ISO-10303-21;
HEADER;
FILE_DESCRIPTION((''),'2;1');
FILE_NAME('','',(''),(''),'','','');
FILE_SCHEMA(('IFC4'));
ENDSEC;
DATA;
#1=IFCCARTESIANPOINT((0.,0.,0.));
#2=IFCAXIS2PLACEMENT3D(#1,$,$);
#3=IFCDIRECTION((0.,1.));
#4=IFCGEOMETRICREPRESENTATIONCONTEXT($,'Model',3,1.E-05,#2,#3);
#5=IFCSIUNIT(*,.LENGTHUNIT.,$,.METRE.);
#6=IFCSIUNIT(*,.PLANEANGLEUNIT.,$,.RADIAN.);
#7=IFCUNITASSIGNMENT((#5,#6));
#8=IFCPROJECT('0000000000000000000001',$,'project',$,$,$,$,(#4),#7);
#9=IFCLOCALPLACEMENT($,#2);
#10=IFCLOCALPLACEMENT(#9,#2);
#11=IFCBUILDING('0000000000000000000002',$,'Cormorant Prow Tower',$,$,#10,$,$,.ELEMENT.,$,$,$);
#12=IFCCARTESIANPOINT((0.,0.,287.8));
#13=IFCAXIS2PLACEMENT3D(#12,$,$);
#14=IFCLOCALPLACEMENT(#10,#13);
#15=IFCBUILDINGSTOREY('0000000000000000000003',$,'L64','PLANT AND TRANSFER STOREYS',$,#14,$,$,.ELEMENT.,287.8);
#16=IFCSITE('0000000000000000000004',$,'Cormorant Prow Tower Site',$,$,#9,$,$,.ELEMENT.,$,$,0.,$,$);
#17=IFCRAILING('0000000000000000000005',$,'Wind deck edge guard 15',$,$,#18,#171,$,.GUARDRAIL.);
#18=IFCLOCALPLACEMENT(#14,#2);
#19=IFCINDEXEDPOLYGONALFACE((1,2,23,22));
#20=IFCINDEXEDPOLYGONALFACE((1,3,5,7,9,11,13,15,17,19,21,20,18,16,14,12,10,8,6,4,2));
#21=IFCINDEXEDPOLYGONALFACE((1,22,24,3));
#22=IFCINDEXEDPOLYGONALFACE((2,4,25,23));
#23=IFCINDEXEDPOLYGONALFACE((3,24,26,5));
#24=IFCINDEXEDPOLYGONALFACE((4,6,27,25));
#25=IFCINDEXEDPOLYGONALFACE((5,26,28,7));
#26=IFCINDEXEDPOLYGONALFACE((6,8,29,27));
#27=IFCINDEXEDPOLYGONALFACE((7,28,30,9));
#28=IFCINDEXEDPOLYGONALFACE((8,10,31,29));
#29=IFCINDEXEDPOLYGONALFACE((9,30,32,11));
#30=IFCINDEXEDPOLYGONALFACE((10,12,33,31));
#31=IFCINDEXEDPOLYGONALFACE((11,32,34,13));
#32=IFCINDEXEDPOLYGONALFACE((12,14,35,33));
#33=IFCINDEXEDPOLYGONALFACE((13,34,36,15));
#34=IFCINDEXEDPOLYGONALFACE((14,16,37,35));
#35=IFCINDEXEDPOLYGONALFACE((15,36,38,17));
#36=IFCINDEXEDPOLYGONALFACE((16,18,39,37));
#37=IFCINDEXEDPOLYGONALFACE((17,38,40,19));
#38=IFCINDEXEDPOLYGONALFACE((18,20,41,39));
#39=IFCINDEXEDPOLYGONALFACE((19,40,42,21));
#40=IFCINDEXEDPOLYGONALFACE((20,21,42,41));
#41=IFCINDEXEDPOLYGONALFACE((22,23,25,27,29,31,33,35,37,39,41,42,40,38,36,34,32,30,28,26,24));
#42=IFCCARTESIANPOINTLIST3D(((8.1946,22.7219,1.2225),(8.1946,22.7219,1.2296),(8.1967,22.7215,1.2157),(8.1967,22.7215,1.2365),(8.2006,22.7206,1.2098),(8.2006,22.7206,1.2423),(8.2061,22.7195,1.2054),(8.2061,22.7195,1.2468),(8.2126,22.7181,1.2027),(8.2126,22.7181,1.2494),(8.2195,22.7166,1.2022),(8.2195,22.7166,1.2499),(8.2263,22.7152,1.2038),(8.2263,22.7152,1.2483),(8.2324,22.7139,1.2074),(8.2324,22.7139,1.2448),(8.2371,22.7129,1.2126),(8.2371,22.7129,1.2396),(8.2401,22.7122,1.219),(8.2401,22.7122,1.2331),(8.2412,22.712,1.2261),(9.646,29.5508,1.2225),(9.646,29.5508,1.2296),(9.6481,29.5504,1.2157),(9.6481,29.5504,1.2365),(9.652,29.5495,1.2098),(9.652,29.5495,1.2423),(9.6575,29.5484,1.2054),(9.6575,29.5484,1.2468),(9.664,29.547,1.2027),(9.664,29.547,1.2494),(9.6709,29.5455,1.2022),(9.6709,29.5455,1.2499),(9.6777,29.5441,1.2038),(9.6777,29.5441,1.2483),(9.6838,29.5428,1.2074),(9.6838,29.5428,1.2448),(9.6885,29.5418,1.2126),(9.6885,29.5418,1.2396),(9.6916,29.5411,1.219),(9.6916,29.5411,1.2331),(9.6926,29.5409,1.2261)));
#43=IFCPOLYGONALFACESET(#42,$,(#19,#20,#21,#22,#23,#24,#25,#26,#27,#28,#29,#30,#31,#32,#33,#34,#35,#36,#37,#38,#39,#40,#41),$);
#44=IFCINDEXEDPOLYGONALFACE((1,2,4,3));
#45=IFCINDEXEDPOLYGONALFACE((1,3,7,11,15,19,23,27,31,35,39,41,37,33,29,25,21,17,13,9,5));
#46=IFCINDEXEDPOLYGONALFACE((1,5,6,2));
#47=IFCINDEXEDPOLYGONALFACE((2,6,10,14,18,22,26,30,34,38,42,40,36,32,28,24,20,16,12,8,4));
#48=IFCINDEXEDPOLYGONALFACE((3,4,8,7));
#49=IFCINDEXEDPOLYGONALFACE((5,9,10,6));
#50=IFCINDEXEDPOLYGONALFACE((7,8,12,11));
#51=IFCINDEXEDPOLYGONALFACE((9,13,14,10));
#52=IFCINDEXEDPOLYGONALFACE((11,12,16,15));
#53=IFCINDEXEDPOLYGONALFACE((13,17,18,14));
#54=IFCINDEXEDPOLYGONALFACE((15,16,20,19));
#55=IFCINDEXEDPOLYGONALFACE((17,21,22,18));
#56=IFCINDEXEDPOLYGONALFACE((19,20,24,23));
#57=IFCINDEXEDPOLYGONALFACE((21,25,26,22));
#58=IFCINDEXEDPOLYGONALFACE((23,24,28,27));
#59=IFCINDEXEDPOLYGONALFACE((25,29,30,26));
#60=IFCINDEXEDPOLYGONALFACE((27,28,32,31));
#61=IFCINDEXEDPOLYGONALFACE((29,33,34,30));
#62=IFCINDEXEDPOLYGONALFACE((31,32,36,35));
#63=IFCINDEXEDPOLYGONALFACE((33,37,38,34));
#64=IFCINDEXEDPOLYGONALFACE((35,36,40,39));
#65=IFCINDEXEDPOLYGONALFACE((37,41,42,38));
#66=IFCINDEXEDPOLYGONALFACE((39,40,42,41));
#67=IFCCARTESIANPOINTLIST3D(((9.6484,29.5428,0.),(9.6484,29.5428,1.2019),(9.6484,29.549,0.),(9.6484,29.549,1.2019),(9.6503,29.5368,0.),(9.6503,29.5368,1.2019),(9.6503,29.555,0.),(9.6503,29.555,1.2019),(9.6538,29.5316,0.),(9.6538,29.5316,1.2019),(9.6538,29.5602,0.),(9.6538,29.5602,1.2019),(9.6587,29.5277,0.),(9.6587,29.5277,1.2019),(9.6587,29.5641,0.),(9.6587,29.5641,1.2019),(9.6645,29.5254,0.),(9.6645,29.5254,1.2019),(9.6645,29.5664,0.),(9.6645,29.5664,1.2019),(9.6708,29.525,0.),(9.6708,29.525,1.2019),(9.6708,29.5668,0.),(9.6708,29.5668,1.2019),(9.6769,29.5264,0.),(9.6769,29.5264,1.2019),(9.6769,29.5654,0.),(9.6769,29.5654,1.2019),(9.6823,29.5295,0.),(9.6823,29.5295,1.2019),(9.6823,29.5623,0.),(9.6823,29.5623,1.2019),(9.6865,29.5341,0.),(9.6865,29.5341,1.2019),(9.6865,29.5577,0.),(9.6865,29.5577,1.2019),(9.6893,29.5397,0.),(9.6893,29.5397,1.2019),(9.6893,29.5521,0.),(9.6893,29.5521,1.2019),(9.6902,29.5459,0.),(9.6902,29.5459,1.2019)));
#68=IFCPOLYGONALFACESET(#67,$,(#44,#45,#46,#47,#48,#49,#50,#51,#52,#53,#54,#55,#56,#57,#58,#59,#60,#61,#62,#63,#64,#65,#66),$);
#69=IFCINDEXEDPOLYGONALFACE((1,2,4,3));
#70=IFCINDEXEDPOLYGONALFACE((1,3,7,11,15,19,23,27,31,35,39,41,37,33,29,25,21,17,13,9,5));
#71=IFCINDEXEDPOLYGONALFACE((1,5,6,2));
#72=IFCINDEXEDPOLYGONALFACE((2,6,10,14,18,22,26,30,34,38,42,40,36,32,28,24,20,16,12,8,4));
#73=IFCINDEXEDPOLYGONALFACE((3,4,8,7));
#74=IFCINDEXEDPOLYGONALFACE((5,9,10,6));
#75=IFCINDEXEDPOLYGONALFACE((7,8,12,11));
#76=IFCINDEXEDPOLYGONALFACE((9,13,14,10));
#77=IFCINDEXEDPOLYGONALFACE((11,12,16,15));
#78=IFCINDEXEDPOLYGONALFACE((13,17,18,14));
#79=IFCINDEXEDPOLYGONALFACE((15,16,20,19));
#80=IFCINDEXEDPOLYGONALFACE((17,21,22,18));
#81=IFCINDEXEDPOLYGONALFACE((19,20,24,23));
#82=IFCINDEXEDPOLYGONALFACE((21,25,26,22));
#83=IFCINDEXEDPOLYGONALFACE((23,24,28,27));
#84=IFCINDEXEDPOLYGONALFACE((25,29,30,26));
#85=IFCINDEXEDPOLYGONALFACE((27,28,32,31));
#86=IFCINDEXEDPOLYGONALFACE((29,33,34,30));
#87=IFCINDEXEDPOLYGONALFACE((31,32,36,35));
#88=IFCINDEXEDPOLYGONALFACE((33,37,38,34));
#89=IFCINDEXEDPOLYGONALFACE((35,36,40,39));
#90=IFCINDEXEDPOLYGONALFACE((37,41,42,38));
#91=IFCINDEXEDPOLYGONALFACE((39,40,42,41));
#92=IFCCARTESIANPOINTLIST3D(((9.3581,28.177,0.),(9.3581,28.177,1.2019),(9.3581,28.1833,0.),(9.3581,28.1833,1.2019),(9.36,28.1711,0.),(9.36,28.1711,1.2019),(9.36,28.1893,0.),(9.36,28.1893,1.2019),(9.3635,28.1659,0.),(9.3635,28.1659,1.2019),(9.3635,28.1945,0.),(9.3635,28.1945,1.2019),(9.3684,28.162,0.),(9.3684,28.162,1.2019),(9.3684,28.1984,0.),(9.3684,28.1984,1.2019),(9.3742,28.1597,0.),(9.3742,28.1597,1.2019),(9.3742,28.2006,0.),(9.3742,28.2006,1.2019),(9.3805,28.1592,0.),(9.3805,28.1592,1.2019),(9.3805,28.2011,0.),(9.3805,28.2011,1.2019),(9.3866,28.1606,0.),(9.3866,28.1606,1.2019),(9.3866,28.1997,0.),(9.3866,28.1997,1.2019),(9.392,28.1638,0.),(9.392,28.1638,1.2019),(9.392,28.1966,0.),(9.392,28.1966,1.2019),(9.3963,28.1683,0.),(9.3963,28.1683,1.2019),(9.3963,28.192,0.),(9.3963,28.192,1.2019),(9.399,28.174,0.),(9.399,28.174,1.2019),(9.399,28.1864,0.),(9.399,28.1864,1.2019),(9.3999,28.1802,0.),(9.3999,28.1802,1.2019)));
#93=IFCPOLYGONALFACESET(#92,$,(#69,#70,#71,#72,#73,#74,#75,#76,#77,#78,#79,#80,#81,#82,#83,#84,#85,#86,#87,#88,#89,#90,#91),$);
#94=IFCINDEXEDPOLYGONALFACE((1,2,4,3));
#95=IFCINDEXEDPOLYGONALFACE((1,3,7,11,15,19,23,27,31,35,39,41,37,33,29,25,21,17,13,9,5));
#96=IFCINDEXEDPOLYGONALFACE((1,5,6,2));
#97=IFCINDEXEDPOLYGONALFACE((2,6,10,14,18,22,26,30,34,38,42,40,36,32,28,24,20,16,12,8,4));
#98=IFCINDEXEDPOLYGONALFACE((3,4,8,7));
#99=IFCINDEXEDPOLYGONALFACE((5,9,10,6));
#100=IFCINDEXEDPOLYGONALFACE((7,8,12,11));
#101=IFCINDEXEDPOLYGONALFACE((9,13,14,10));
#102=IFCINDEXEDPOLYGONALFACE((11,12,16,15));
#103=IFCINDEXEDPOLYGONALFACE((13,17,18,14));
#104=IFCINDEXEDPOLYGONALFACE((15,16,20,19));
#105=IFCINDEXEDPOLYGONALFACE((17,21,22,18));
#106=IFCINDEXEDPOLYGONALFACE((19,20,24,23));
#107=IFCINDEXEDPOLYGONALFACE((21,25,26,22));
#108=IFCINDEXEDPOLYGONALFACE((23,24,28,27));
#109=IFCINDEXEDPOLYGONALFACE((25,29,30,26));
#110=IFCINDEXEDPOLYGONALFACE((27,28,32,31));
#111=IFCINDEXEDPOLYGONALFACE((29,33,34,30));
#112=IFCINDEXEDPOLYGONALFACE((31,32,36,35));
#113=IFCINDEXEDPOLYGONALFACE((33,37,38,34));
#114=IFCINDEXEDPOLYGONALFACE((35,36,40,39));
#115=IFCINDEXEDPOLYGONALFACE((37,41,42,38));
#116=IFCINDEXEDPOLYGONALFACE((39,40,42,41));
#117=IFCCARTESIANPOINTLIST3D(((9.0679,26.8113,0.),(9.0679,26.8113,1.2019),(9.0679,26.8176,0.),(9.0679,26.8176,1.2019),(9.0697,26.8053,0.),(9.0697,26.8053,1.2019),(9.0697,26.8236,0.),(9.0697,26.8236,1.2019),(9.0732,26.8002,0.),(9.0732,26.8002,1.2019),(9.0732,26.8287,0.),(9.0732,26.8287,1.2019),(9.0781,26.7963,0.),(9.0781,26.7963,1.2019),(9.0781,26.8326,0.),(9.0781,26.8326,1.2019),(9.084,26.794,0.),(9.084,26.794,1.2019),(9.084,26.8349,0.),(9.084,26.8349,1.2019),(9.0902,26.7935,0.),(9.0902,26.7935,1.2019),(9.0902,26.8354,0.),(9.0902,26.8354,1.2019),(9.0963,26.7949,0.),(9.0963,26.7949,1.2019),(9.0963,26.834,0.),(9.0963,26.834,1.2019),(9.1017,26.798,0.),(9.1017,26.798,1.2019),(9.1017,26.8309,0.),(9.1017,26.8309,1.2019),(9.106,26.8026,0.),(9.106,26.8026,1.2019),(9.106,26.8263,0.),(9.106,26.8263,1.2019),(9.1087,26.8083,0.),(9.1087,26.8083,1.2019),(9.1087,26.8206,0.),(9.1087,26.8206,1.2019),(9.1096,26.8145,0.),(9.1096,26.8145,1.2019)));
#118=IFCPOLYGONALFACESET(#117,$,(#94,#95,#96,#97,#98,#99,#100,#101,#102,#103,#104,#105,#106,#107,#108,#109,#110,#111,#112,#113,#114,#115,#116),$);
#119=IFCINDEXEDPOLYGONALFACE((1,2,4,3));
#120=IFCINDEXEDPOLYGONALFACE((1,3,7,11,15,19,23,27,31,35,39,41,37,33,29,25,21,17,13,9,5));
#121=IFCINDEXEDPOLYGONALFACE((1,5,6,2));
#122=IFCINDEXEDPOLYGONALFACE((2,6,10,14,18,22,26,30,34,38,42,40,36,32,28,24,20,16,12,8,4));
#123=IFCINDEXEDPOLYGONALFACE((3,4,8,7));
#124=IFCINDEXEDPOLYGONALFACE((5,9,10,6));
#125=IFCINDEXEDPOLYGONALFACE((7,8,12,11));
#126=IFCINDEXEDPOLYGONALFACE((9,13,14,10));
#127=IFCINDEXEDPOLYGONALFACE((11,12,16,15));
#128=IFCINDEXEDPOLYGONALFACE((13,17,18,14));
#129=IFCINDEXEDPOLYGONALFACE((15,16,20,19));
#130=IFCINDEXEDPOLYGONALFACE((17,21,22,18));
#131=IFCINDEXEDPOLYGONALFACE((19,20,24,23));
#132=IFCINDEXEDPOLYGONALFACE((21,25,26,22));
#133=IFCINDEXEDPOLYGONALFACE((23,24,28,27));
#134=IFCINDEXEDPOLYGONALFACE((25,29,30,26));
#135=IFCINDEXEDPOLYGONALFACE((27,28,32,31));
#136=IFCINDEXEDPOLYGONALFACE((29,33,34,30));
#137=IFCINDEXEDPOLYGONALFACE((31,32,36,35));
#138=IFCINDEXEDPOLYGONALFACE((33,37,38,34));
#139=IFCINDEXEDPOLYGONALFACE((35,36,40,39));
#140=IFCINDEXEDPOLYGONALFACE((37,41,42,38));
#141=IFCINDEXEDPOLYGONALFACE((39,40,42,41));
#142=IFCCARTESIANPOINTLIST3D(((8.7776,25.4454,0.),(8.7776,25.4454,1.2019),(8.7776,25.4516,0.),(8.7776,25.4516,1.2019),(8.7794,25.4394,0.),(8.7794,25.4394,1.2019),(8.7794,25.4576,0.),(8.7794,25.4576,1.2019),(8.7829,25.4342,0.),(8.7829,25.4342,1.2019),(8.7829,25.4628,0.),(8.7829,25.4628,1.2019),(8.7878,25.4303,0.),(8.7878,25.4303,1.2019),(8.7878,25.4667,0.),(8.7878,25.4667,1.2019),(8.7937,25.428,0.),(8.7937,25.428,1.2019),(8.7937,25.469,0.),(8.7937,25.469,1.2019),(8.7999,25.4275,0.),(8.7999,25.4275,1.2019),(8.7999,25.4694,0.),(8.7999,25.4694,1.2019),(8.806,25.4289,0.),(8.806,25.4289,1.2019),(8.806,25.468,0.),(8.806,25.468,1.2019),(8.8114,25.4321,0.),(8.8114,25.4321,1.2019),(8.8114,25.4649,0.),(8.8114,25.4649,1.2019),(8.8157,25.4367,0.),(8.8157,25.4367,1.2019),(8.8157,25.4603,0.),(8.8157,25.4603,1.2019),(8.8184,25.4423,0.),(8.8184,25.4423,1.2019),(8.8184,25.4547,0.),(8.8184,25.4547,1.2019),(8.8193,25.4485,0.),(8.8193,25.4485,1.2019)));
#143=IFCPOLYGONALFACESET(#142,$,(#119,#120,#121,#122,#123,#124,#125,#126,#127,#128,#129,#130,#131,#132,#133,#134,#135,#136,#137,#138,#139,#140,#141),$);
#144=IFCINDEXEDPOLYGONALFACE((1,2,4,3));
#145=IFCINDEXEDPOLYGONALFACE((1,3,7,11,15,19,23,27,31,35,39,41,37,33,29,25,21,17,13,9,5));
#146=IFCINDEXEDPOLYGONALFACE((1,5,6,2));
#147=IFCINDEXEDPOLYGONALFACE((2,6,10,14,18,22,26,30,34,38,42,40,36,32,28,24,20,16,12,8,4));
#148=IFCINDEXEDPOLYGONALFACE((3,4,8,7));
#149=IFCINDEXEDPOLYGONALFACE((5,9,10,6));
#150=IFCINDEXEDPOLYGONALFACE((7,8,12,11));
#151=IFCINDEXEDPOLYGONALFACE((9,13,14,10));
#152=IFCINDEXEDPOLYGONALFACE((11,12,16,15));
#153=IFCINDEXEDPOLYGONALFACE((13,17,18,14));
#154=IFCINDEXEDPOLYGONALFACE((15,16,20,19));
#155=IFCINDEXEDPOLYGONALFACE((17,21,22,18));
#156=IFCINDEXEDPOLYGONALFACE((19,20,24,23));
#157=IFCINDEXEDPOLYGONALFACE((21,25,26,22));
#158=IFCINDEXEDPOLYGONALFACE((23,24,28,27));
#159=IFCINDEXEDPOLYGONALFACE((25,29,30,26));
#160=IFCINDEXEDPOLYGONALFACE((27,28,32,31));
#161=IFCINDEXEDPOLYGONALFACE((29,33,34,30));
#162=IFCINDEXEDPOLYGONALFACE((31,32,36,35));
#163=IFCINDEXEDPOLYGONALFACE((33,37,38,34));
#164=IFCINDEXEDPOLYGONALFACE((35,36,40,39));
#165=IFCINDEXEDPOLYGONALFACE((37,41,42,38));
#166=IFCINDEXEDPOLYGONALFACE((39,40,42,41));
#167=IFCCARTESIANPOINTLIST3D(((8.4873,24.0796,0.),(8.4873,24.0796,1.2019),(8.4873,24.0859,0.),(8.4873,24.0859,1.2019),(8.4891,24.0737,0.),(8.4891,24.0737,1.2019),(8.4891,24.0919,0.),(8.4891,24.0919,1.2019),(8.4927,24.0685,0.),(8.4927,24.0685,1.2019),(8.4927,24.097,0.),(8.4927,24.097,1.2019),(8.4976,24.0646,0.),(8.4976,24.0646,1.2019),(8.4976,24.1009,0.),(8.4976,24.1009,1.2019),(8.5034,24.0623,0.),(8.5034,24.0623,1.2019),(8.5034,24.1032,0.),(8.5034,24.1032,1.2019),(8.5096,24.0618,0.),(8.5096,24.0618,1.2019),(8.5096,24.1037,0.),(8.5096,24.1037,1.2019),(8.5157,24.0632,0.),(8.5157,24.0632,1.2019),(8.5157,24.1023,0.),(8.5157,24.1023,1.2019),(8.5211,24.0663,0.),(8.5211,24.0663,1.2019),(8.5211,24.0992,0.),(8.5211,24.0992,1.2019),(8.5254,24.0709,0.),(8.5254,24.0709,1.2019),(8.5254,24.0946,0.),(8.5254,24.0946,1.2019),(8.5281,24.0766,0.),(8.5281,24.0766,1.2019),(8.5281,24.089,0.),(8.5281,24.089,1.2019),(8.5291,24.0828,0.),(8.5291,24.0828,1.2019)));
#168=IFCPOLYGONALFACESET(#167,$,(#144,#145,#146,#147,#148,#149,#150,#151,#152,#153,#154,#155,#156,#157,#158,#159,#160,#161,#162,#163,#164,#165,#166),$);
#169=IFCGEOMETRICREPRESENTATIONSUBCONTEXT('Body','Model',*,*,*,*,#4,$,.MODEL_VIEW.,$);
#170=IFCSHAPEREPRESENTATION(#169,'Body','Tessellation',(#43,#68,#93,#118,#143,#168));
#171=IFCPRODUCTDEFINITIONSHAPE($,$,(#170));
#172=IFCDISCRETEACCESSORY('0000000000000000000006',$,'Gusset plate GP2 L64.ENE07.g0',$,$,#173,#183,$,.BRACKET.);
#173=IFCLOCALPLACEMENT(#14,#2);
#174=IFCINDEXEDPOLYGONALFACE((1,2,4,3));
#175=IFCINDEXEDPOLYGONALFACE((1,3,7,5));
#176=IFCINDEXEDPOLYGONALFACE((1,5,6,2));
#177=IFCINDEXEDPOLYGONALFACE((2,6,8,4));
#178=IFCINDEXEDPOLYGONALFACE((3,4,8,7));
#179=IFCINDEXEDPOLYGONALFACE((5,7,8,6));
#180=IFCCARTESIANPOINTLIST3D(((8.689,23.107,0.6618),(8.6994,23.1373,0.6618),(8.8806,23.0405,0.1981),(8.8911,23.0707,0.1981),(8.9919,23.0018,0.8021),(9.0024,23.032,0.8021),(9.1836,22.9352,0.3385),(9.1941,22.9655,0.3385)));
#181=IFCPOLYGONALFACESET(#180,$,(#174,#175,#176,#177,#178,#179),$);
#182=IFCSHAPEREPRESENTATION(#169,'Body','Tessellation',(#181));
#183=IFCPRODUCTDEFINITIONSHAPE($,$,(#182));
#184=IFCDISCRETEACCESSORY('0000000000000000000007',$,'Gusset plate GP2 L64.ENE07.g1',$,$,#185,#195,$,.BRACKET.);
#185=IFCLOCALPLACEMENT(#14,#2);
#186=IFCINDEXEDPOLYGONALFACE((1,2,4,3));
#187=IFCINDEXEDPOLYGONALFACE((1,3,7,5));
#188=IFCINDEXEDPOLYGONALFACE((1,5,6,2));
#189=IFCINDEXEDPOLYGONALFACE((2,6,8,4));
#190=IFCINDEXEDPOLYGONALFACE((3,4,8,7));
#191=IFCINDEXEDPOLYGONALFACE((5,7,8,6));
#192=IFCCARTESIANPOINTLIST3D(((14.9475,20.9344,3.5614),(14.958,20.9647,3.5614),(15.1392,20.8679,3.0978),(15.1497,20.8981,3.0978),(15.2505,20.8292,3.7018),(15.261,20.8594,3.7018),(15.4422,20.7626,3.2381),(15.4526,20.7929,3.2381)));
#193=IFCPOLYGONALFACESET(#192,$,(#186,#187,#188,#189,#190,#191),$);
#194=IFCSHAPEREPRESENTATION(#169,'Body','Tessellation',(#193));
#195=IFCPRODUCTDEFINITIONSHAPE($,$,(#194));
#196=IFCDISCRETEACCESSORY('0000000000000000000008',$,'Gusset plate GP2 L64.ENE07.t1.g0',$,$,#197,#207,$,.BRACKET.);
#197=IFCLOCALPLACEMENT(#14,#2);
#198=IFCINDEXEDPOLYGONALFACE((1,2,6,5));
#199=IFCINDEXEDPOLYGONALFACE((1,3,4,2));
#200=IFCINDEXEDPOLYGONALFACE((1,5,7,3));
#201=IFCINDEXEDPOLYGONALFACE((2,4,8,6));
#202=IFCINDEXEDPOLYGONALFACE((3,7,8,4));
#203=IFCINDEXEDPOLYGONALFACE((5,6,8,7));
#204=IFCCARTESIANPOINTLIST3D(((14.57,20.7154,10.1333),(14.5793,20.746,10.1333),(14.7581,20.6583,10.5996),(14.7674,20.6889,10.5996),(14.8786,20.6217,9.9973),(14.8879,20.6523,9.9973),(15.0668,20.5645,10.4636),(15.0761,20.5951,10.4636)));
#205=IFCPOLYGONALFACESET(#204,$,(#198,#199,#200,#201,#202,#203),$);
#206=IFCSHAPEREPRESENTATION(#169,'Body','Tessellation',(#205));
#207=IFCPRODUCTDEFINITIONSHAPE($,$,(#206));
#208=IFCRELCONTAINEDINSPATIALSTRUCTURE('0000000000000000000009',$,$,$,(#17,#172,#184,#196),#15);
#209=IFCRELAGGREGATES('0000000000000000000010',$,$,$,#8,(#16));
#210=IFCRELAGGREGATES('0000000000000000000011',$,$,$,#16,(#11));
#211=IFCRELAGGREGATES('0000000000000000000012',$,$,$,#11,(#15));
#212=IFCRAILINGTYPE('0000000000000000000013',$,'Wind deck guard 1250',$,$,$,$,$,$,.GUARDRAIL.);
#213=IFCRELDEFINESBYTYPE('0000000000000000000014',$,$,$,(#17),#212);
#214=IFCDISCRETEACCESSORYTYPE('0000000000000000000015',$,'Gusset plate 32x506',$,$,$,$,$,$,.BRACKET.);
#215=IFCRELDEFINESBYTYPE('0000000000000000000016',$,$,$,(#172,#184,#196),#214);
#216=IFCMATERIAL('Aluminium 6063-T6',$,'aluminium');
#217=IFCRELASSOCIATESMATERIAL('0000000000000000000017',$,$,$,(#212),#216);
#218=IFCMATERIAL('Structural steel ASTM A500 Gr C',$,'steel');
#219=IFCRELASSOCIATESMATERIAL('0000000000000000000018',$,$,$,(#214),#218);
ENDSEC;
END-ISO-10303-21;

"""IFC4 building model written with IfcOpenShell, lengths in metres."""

from ifc_helpers import new_model, si_unit, direction, frame, origin, origin_2d, place, context, subcontext, project, spatial, rectangle, circle, extrude, material, material_profile, profile_set, type_object, element, save


model = new_model("IFC4")

# Units and contexts
model_context = context("Model", 3, precision=1e-05, world=origin(), true_north=direction((0.0, 1.0)))
body_context = subcontext(model_context, "Body", "Model", "MODEL_VIEW")
ifc_project = project(units=[si_unit("LENGTHUNIT", "METRE"), si_unit("PLANEANGLEUNIT", "RADIAN")], contexts=[model_context])

# Site, building, storey
site_placement = place(None, origin())
site = spatial("IfcSite", under=ifc_project, at=site_placement, Name="Cormorant Prow Tower Site", CompositionType="ELEMENT", RefElevation=0.0)
building_placement = place(site_placement, origin())
building = spatial("IfcBuilding", under=site, at=building_placement, Name="Cormorant Prow Tower", CompositionType="ELEMENT")
storey_placement = place(building_placement, frame((0.0, 0.0, 287.8)))
storey = spatial("IfcBuildingStorey", under=building, at=storey_placement, Name="L64", Description="PLANT AND TRANSFER STOREYS", CompositionType="ELEMENT", Elevation=287.8)

# Railing
ifc_material_1 = material(Name="Aluminium 6063-T6", Category="aluminium")
railing_type = type_object("IfcRailingType", Name="Wind deck guard 1250", PredefinedType="GUARDRAIL", material=ifc_material_1)
railing_placement = place(storey_placement, frame((9.6692, 29.5459, 0.0)))
element("IfcRailing", 1, at=railing_placement, inside=storey, type_object=railing_type, Name="Wind deck edge guard 15", PredefinedType="GUARDRAIL", context=body_context, shape_type="SweptSolid", body=[
    extrude(circle(Radius=0.0239, at=origin_2d()), frame((0.0, 0.0, 1.2261), z_axis=(-0.207898, -0.978151, 0.0), x_axis=(0.978151, -0.207898, 0.0)), (0.0, 0.0, 1.0), 6.9814),
    extrude(circle(Radius=0.021, at=origin_2d()), origin(), (0.0, 0.0, 1.0), 1.2019),
    extrude(circle(Radius=0.021, at=origin_2d()), frame((-0.2903, -1.3657, 0.0)), (0.0, 0.0, 1.0), 1.2019),
    extrude(circle(Radius=0.021, at=origin_2d()), frame((-0.5806, -2.7314, 0.0)), (0.0, 0.0, 1.0), 1.2019),
    extrude(circle(Radius=0.021, at=origin_2d()), frame((-0.8708, -4.0974, 0.0)), (0.0, 0.0, 1.0), 1.2019),
    extrude(circle(Radius=0.021, at=origin_2d()), frame((-1.1611, -5.4631, 0.0)), (0.0, 0.0, 1.0), 1.2019),
])

# Discrete accessories
ifc_material_2 = material(Name="Structural steel ASTM A500 Gr C", Category="steel")
ifc_material_profile_1 = material_profile(ifc_material_2, rectangle(XDim=0.032, YDim=0.5061, at=origin_2d()), Name="Gusset plate 32x506")
ifc_profile_set_1 = profile_set([ifc_material_profile_1], Name="Structural steel ASTM A500 Gr C")
discrete_accessory_type = type_object("IfcDiscreteAccessoryType", Name="Gusset plate 32x506", PredefinedType="BRACKET", material=ifc_profile_set_1)
for number, where, z_axis, x_axis, name in (
    (2, (9.093, 22.9836, 0.5703), (-0.865388, 0.30055, -0.400965), (-0.328078, -0.944651, 0.0), "Gusset plate GP2 L64.ENE07.g0"),
    (3, (15.0486, 20.9163, 3.3296), (0.865388, -0.30055, 0.400965), (0.328078, 0.944651, 0.0), "Gusset plate GP2 L64.ENE07.g1"),
    (4, (14.6687, 20.7021, 10.3665), (0.881655, -0.267845, -0.388514), (0.29068, 0.95682, 0.0), "Gusset plate GP2 L64.ENE07.t1.g0"),
):
    element("IfcDiscreteAccessory", number, at=place(storey_placement, frame(where, z_axis=z_axis, x_axis=x_axis)), inside=storey, type_object=discrete_accessory_type, Name=name, PredefinedType="BRACKET", context=body_context, shape_type="SweptSolid", body=[
        extrude(rectangle(XDim=0.032, YDim=0.5061, at=origin_2d()), origin(), (0.0, 0.0, 1.0), 0.3501),
    ])

save(model, "model.ifc")
